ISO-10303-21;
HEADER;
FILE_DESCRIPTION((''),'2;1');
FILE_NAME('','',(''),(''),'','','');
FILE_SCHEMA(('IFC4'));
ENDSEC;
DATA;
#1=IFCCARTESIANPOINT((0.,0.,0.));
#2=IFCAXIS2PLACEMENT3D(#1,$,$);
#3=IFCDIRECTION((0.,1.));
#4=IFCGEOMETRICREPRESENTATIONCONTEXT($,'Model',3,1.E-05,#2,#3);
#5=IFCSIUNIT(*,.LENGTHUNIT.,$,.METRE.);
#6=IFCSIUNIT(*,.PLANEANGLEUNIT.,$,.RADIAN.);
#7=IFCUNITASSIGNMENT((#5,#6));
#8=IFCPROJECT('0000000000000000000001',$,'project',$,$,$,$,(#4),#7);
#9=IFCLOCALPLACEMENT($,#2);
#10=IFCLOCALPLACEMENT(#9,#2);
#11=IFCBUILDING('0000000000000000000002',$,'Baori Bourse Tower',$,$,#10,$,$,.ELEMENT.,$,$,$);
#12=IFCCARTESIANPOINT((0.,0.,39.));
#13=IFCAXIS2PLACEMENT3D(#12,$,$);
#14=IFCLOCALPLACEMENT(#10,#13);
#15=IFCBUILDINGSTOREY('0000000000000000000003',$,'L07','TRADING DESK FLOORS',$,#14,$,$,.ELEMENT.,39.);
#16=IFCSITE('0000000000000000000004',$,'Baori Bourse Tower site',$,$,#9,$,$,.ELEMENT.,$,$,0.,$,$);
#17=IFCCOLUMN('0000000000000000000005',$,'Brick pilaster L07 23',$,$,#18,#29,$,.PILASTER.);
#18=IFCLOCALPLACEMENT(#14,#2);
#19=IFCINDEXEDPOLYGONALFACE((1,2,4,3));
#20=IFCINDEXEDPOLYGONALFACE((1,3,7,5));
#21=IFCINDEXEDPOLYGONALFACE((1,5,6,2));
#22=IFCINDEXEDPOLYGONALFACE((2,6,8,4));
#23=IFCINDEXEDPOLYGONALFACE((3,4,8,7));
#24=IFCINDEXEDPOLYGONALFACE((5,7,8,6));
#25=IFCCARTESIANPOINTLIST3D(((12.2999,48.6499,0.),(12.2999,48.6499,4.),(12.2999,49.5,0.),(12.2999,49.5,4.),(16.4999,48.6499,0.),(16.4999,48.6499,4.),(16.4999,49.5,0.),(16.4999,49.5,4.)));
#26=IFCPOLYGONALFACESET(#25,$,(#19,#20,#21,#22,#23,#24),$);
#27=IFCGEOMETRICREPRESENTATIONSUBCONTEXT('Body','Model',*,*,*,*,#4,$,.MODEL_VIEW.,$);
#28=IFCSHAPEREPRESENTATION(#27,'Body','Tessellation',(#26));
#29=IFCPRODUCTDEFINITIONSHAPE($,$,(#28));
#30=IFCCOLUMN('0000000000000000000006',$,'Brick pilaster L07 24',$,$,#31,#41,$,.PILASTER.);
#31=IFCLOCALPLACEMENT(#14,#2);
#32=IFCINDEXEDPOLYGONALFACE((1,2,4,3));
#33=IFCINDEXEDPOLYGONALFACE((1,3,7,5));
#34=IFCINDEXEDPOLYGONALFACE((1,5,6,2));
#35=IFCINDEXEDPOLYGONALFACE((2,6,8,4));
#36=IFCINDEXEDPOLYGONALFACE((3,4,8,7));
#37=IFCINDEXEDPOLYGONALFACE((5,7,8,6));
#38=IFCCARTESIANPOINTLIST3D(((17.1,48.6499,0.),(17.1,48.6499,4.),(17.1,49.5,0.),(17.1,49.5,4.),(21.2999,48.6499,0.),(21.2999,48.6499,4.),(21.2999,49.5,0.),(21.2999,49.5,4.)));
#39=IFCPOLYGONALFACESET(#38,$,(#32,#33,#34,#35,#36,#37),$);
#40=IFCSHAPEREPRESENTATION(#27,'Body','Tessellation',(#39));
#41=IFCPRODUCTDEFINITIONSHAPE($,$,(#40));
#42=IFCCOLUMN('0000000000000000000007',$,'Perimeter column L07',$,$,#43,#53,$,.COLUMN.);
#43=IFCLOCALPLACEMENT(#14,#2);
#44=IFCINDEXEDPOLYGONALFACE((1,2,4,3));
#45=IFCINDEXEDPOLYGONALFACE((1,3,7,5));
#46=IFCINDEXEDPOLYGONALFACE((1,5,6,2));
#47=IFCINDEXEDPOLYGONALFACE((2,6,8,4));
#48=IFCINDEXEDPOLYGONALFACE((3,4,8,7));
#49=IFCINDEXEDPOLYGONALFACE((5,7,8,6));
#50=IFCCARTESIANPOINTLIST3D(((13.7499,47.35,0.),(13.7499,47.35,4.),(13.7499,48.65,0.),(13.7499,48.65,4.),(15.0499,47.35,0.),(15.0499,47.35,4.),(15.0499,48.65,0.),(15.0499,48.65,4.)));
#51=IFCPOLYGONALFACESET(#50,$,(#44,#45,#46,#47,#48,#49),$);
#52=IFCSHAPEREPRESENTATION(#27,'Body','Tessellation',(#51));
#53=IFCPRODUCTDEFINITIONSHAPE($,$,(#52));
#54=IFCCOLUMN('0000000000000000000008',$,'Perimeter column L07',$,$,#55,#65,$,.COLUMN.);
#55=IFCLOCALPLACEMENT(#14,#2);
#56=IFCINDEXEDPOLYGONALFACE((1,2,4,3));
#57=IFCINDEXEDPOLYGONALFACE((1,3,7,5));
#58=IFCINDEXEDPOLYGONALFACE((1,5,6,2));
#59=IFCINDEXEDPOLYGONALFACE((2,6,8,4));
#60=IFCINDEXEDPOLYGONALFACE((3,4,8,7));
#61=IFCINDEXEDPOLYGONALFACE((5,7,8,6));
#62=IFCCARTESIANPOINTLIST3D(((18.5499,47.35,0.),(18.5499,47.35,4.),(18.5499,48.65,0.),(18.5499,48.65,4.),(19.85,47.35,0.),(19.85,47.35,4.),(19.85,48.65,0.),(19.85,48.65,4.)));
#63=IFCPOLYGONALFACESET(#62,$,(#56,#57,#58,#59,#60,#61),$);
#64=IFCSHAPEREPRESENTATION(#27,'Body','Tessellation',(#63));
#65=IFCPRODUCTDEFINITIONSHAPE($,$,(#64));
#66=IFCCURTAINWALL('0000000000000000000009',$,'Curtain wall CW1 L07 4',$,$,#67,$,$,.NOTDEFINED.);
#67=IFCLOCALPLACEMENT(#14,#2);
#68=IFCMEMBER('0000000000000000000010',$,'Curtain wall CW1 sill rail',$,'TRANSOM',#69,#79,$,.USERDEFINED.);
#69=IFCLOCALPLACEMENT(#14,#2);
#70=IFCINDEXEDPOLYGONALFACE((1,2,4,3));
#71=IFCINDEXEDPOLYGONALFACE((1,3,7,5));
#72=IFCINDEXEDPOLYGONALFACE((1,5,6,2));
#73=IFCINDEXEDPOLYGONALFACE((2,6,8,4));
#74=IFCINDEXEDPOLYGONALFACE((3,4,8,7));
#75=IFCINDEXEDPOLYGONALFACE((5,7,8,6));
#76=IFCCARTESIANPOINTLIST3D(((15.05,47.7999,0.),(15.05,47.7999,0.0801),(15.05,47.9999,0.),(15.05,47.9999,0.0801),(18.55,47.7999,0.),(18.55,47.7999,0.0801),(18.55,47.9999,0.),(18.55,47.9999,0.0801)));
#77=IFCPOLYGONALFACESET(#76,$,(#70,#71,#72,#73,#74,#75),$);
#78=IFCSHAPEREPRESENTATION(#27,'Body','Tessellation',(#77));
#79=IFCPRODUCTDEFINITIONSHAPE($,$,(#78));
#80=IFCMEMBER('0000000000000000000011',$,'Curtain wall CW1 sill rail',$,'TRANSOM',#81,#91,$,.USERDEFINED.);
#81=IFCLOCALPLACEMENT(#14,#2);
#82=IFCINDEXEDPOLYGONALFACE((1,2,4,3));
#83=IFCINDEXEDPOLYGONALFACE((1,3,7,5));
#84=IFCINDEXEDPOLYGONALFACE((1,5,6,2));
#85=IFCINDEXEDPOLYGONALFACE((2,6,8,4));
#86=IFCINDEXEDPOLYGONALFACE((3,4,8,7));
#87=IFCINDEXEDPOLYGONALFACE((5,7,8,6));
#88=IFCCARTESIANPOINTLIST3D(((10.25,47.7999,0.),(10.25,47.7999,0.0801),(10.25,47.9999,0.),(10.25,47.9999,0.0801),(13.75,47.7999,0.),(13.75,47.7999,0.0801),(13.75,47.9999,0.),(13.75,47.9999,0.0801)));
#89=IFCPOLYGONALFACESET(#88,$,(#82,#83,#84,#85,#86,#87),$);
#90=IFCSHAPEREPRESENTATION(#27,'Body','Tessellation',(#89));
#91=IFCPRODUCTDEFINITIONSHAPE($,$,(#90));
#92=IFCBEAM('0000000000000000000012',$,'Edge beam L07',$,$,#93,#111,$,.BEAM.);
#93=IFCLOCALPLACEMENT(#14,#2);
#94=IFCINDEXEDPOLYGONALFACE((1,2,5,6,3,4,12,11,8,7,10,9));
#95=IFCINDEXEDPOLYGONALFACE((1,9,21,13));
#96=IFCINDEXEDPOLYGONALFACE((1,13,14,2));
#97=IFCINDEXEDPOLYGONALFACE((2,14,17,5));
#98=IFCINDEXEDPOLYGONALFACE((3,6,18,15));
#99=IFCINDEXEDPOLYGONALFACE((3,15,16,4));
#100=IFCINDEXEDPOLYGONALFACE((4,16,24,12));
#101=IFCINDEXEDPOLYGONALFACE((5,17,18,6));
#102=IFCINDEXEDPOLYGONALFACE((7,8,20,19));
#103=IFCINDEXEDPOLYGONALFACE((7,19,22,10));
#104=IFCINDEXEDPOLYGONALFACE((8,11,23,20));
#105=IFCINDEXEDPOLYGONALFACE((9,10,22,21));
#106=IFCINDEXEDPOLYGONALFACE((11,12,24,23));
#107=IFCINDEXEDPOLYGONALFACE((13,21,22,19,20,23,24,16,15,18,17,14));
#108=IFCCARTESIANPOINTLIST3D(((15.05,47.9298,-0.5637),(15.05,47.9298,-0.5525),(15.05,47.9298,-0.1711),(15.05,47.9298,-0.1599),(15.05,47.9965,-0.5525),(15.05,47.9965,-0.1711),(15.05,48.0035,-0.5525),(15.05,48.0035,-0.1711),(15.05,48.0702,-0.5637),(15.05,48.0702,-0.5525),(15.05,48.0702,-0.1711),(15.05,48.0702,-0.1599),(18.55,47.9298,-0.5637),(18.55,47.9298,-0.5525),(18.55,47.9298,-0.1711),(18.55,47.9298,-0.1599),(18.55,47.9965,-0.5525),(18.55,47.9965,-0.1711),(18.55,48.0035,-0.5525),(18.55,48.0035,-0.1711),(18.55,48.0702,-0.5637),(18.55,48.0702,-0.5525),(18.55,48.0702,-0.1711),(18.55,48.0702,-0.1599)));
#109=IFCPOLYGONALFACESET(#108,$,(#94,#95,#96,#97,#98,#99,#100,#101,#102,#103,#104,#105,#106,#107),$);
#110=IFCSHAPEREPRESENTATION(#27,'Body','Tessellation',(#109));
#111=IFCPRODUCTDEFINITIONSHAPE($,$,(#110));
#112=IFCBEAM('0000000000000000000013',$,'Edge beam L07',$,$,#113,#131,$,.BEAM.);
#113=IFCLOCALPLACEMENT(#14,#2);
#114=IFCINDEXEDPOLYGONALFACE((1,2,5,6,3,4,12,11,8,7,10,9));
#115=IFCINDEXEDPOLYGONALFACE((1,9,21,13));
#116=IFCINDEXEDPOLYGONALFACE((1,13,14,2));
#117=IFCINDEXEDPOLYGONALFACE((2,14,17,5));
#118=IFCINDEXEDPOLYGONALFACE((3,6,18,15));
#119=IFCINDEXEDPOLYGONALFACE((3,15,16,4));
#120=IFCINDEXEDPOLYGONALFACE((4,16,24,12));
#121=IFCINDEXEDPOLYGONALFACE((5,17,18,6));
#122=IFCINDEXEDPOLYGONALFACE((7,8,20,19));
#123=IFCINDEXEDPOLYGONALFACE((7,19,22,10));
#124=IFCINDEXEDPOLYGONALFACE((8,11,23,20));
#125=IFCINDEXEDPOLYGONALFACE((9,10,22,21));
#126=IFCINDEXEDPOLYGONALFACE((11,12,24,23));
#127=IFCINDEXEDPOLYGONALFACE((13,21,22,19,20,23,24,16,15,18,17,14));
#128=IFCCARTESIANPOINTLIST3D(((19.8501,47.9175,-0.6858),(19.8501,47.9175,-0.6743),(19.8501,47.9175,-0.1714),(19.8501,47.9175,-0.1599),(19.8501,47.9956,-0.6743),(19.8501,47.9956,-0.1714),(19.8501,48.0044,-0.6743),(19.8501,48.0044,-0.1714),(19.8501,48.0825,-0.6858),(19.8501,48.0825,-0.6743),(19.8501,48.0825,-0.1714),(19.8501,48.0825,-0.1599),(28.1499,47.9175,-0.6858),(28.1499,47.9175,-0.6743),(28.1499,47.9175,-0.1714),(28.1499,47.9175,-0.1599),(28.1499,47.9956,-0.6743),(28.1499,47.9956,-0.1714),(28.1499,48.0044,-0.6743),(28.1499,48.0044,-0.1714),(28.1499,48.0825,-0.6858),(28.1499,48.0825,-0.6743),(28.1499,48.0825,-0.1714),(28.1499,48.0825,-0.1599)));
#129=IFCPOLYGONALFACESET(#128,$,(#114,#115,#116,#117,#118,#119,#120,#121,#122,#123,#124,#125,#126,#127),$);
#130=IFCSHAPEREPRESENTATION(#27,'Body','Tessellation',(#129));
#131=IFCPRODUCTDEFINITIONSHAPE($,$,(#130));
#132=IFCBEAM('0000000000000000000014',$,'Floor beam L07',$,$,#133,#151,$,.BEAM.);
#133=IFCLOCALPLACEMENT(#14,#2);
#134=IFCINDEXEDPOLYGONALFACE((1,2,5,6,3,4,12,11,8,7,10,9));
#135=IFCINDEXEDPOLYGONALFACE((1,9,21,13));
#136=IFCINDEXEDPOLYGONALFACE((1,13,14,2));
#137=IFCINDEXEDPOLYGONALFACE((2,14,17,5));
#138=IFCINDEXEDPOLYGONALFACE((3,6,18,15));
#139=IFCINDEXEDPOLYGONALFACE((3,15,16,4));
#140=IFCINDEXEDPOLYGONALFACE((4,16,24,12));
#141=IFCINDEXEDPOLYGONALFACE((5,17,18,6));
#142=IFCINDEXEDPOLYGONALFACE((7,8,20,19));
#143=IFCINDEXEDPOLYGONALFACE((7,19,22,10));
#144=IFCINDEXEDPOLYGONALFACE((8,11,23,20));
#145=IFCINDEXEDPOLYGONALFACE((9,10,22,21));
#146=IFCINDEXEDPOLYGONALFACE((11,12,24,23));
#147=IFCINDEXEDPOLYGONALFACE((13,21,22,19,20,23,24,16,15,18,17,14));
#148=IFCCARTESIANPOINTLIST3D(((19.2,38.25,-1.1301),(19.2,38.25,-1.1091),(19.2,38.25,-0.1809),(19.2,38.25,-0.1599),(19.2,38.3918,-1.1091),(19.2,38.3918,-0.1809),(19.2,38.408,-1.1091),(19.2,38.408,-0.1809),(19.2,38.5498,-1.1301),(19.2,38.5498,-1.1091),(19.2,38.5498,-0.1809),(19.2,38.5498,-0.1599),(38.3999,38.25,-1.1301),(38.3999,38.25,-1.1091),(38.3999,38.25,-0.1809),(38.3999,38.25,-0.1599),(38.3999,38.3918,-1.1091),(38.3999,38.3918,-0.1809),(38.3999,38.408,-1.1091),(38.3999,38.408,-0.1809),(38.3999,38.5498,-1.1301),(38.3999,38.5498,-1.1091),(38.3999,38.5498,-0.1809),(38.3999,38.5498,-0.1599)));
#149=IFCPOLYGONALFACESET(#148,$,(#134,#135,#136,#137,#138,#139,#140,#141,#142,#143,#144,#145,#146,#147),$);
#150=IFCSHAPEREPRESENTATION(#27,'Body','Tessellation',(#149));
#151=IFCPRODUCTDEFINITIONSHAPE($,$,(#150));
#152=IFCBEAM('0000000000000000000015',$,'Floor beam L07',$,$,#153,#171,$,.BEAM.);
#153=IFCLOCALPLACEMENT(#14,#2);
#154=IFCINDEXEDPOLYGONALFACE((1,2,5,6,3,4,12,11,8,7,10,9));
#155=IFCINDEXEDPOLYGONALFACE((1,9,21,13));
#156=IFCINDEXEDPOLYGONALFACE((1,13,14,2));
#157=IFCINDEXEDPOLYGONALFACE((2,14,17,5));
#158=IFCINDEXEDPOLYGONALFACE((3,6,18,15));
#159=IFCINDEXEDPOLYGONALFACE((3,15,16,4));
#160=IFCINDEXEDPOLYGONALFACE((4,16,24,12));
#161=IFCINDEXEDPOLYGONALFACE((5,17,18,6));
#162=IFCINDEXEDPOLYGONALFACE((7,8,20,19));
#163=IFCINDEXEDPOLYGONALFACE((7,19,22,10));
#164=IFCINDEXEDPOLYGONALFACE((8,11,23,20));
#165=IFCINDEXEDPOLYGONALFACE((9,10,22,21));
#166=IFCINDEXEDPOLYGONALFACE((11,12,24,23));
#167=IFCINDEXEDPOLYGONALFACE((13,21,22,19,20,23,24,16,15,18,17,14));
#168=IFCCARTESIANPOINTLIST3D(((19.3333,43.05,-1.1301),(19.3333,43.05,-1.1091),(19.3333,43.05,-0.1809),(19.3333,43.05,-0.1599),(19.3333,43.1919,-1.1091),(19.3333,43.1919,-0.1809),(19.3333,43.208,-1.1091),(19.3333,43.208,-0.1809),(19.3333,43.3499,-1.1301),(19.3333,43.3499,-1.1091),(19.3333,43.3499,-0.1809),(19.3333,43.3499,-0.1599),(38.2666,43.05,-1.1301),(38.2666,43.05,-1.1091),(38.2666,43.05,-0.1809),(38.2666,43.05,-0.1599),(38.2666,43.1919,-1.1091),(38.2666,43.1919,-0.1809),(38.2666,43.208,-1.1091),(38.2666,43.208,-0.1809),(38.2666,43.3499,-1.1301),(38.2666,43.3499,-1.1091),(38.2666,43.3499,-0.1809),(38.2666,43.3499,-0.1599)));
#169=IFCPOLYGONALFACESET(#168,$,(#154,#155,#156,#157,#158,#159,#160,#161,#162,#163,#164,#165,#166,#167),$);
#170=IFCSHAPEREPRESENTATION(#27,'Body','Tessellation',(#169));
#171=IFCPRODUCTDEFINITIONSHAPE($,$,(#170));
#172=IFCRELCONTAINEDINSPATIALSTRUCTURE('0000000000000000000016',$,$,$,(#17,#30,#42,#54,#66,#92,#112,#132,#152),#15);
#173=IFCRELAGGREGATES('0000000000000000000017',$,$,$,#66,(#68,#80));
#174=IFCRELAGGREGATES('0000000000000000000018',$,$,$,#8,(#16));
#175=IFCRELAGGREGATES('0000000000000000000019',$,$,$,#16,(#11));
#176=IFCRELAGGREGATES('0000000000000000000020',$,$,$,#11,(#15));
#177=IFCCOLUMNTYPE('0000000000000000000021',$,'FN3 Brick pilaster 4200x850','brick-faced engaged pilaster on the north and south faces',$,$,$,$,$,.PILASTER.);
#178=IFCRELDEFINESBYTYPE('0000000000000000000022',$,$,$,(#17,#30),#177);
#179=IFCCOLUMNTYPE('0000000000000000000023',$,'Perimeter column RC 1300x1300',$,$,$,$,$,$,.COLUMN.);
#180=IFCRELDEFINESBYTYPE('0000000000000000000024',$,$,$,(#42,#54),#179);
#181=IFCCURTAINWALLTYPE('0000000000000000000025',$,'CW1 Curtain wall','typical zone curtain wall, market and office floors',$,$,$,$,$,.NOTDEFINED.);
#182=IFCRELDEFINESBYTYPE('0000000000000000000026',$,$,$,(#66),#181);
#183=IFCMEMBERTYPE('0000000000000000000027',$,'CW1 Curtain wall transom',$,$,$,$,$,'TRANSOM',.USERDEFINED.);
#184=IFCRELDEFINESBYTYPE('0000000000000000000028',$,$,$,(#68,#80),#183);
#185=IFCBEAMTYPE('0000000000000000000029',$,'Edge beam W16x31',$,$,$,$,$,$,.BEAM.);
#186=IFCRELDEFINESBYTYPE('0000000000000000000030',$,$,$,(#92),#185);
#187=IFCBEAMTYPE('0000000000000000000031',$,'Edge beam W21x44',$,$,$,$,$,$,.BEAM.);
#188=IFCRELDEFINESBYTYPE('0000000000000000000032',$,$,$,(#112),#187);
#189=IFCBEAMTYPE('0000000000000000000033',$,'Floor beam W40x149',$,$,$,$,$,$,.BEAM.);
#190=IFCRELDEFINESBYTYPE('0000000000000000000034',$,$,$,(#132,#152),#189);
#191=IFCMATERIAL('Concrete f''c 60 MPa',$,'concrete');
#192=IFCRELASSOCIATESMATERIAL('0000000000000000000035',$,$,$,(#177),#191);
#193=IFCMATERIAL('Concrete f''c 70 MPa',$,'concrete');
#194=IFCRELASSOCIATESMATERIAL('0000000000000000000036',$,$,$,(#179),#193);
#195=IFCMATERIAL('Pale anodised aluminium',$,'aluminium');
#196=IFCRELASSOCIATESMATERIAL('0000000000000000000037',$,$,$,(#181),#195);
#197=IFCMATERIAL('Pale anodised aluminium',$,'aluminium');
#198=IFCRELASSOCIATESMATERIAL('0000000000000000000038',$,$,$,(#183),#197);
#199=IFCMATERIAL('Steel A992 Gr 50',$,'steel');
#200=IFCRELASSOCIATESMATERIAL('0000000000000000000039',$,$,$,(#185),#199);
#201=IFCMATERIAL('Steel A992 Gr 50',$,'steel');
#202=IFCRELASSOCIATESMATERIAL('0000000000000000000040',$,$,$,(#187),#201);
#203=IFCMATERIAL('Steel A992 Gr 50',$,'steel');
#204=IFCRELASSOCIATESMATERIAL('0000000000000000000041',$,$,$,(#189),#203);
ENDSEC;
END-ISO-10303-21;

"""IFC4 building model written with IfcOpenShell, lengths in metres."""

from ifc_helpers import new_model, si_unit, direction, frame, origin, origin_2d, place, context, subcontext, project, spatial, rectangle, i_section, extrude, material, material_profile, profile_set, type_object, element, aggregate, save


model = new_model("IFC4")

# Units and contexts
model_context = context("Model", 3, precision=1e-05, world=origin(), true_north=direction((0.0, 1.0)))
body_context = subcontext(model_context, "Body", "Model", "MODEL_VIEW")
ifc_project = project(units=[si_unit("LENGTHUNIT", "METRE"), si_unit("PLANEANGLEUNIT", "RADIAN")], contexts=[model_context])

# Site, building, storey
site_placement = place(None, origin())
site = spatial("IfcSite", under=ifc_project, at=site_placement, Name="Baori Bourse Tower site", CompositionType="ELEMENT", RefElevation=0.0)
building_placement = place(site_placement, origin())
building = spatial("IfcBuilding", under=site, at=building_placement, Name="Baori Bourse Tower", CompositionType="ELEMENT")
storey_placement = place(building_placement, frame((0.0, 0.0, 39.0)))
storey = spatial("IfcBuildingStorey", under=building, at=storey_placement, Name="L07", Description="TRADING DESK FLOORS", CompositionType="ELEMENT", Elevation=39.0)

# Columns
ifc_material_1 = material(Name="Concrete f'c 60 MPa", Category="concrete")
ifc_material_profile_1 = material_profile(ifc_material_1, rectangle(XDim=4.2, YDim=0.8501, at=origin_2d()), Name="RC 4200x850")
ifc_profile_set_1 = profile_set([ifc_material_profile_1], Name="Concrete f'c 60 MPa")
column_type_1 = type_object("IfcColumnType", Name="FN3 Brick pilaster 4200x850", Description="brick-faced engaged pilaster on the north and south faces", PredefinedType="PILASTER", material=ifc_profile_set_1)
for number, where, z_axis, x_axis, name in (
    (1, (14.3999, 49.075, 0.0), (0.0, 0.0, 1.0), (1.0, 0.0, 0.0), "Brick pilaster L07 23"),
    (2, (19.2, 49.075, 0.0), (0.0, 0.0, 1.0), (1.0, 0.0, 0.0), "Brick pilaster L07 24"),
):
    element("IfcColumn", number, at=place(storey_placement, frame(where, z_axis=z_axis, x_axis=x_axis)), inside=storey, type_object=column_type_1, Name=name, PredefinedType="PILASTER", context=body_context, shape_type="SweptSolid", body=[
        extrude(rectangle(XDim=4.2, YDim=0.8501, at=origin_2d()), origin(), (0.0, 0.0, 1.0), 4.0),
    ])
ifc_material_2 = material(Name="Concrete f'c 70 MPa", Category="concrete")
ifc_material_profile_2 = material_profile(ifc_material_2, rectangle(XDim=1.3, YDim=1.3, at=origin_2d()), Name="RC 1300x1300")
ifc_profile_set_2 = profile_set([ifc_material_profile_2], Name="Concrete f'c 70 MPa")
column_type_2 = type_object("IfcColumnType", Name="Perimeter column RC 1300x1300", PredefinedType="COLUMN", material=ifc_profile_set_2)
for number, where, z_axis, x_axis, name in (
    (3, (14.3999, 48.0, 0.0), (0.0, 0.0, 1.0), (1.0, 0.0, 0.0), "Perimeter column L07"),
    (4, (19.2, 48.0, 0.0), (0.0, 0.0, 1.0), (1.0, 0.0, 0.0), "Perimeter column L07"),
):
    element("IfcColumn", number, at=place(storey_placement, frame(where, z_axis=z_axis, x_axis=x_axis)), inside=storey, type_object=column_type_2, Name=name, PredefinedType="COLUMN", context=body_context, shape_type="SweptSolid", body=[
        extrude(rectangle(XDim=1.3, YDim=1.3, at=origin_2d()), origin(), (0.0, 0.0, 1.0), 4.0),
    ])

# Curtain wall, members
ifc_material_3 = material(Name="Pale anodised aluminium", Category="aluminium")
curtain_wall_type = type_object("IfcCurtainWallType", Name="CW1 Curtain wall", Description="typical zone curtain wall, market and office floors", PredefinedType="NOTDEFINED", material=ifc_material_3)
curtain_wall_placement = place(storey_placement, origin())
curtain_wall = element("IfcCurtainWall", 5, at=curtain_wall_placement, inside=storey, type_object=curtain_wall_type, Name="Curtain wall CW1 L07 4", PredefinedType="NOTDEFINED")
ifc_material_4 = material(Name="Pale anodised aluminium", Category="aluminium")
ifc_material_profile_3 = material_profile(ifc_material_4, rectangle(XDim=0.2, YDim=0.0801, at=origin_2d()), Name="Transom 80x200")
ifc_profile_set_3 = profile_set([ifc_material_profile_3], Name="Pale anodised aluminium")
member_type = type_object("IfcMemberType", Name="CW1 Curtain wall transom", ElementType="TRANSOM", PredefinedType="USERDEFINED", material=ifc_profile_set_3)
member_1_placement = place(storey_placement, frame((18.55, 47.8999, 0.04), z_axis=(-1.0, 0.0, 0.0), x_axis=(0.0, -1.0, 0.0)))
member_1 = element("IfcMember", 6, at=member_1_placement, type_object=member_type, Name="Curtain wall CW1 sill rail", ObjectType="TRANSOM", PredefinedType="USERDEFINED", context=body_context, shape_type="SweptSolid", body=[
    extrude(rectangle(XDim=0.2, YDim=0.0801, at=origin_2d()), origin(), (0.0, 0.0, 1.0), 3.5),
])
member_2_placement = place(storey_placement, frame((13.75, 47.8999, 0.04), z_axis=(-1.0, 0.0, 0.0), x_axis=(0.0, -1.0, 0.0)))
member_2 = element("IfcMember", 7, at=member_2_placement, type_object=member_type, Name="Curtain wall CW1 sill rail", ObjectType="TRANSOM", PredefinedType="USERDEFINED", context=body_context, shape_type="SweptSolid", body=[
    extrude(rectangle(XDim=0.2, YDim=0.0801, at=origin_2d()), origin(), (0.0, 0.0, 1.0), 3.5),
])

# Beams
ifc_material_5 = material(Name="Steel A992 Gr 50", Category="steel")
ifc_material_profile_4 = material_profile(ifc_material_5, i_section(OverallWidth=0.1404, OverallDepth=0.4038, WebThickness=0.0071, FlangeThickness=0.0112, at=origin_2d()), Name="W16x31")
ifc_profile_set_4 = profile_set([ifc_material_profile_4], Name="Steel A992 Gr 50")
beam_type_1 = type_object("IfcBeamType", Name="Edge beam W16x31", PredefinedType="BEAM", material=ifc_profile_set_4)
beam_1_placement = place(storey_placement, frame((15.05, 48.0, -0.3618), z_axis=(1.0, 0.0, 0.0), x_axis=(0.0, 1.0, 0.0)))
element("IfcBeam", 8, at=beam_1_placement, inside=storey, type_object=beam_type_1, Name="Edge beam L07", PredefinedType="BEAM", context=body_context, shape_type="SweptSolid", body=[
    extrude(i_section(OverallWidth=0.1404, OverallDepth=0.4038, WebThickness=0.0071, FlangeThickness=0.0112, at=origin_2d()), origin(), (0.0, 0.0, 1.0), 3.5),
])
ifc_material_6 = material(Name="Steel A992 Gr 50", Category="steel")
ifc_material_profile_5 = material_profile(ifc_material_6, i_section(OverallWidth=0.165, OverallDepth=0.5259, WebThickness=0.0088, FlangeThickness=0.0115, at=origin_2d()), Name="W21x44")
ifc_profile_set_5 = profile_set([ifc_material_profile_5], Name="Steel A992 Gr 50")
beam_type_2 = type_object("IfcBeamType", Name="Edge beam W21x44", PredefinedType="BEAM", material=ifc_profile_set_5)
beam_2_placement = place(storey_placement, frame((19.8501, 48.0, -0.4229), z_axis=(1.0, 0.0, 0.0), x_axis=(0.0, 1.0, 0.0)))
element("IfcBeam", 9, at=beam_2_placement, inside=storey, type_object=beam_type_2, Name="Edge beam L07", PredefinedType="BEAM", context=body_context, shape_type="SweptSolid", body=[
    extrude(i_section(OverallWidth=0.165, OverallDepth=0.5259, WebThickness=0.0088, FlangeThickness=0.0115, at=origin_2d()), origin(), (0.0, 0.0, 1.0), 8.2998),
])
ifc_material_7 = material(Name="Steel A992 Gr 50", Category="steel")
ifc_material_profile_6 = material_profile(ifc_material_7, i_section(OverallWidth=0.2998, OverallDepth=0.9702, WebThickness=0.0161, FlangeThickness=0.021, at=origin_2d()), Name="W40x149")
ifc_profile_set_6 = profile_set([ifc_material_profile_6], Name="Steel A992 Gr 50")
beam_type_3 = type_object("IfcBeamType", Name="Floor beam W40x149", PredefinedType="BEAM", material=ifc_profile_set_6)
beam_3_placement = place(storey_placement, frame((19.2, 38.3999, -0.645), z_axis=(1.0, 0.0, 0.0), x_axis=(0.0, 1.0, 0.0)))
element("IfcBeam", 10, at=beam_3_placement, inside=storey, type_object=beam_type_3, Name="Floor beam L07", PredefinedType="BEAM", context=body_context, shape_type="SweptSolid", body=[
    extrude(i_section(OverallWidth=0.2998, OverallDepth=0.9702, WebThickness=0.0161, FlangeThickness=0.021, at=origin_2d()), origin(), (0.0, 0.0, 1.0), 19.2),
])
beam_4_placement = place(storey_placement, frame((19.3333, 43.2, -0.645), z_axis=(1.0, 0.0, 0.0), x_axis=(0.0, 1.0, 0.0)))
element("IfcBeam", 11, at=beam_4_placement, inside=storey, type_object=beam_type_3, Name="Floor beam L07", PredefinedType="BEAM", context=body_context, shape_type="SweptSolid", body=[
    extrude(i_section(OverallWidth=0.2998, OverallDepth=0.9702, WebThickness=0.0161, FlangeThickness=0.021, at=origin_2d()), origin(), (0.0, 0.0, 1.0), 18.9333),
])

aggregate(curtain_wall, [member_1, member_2])

save(model, "model.ifc")
